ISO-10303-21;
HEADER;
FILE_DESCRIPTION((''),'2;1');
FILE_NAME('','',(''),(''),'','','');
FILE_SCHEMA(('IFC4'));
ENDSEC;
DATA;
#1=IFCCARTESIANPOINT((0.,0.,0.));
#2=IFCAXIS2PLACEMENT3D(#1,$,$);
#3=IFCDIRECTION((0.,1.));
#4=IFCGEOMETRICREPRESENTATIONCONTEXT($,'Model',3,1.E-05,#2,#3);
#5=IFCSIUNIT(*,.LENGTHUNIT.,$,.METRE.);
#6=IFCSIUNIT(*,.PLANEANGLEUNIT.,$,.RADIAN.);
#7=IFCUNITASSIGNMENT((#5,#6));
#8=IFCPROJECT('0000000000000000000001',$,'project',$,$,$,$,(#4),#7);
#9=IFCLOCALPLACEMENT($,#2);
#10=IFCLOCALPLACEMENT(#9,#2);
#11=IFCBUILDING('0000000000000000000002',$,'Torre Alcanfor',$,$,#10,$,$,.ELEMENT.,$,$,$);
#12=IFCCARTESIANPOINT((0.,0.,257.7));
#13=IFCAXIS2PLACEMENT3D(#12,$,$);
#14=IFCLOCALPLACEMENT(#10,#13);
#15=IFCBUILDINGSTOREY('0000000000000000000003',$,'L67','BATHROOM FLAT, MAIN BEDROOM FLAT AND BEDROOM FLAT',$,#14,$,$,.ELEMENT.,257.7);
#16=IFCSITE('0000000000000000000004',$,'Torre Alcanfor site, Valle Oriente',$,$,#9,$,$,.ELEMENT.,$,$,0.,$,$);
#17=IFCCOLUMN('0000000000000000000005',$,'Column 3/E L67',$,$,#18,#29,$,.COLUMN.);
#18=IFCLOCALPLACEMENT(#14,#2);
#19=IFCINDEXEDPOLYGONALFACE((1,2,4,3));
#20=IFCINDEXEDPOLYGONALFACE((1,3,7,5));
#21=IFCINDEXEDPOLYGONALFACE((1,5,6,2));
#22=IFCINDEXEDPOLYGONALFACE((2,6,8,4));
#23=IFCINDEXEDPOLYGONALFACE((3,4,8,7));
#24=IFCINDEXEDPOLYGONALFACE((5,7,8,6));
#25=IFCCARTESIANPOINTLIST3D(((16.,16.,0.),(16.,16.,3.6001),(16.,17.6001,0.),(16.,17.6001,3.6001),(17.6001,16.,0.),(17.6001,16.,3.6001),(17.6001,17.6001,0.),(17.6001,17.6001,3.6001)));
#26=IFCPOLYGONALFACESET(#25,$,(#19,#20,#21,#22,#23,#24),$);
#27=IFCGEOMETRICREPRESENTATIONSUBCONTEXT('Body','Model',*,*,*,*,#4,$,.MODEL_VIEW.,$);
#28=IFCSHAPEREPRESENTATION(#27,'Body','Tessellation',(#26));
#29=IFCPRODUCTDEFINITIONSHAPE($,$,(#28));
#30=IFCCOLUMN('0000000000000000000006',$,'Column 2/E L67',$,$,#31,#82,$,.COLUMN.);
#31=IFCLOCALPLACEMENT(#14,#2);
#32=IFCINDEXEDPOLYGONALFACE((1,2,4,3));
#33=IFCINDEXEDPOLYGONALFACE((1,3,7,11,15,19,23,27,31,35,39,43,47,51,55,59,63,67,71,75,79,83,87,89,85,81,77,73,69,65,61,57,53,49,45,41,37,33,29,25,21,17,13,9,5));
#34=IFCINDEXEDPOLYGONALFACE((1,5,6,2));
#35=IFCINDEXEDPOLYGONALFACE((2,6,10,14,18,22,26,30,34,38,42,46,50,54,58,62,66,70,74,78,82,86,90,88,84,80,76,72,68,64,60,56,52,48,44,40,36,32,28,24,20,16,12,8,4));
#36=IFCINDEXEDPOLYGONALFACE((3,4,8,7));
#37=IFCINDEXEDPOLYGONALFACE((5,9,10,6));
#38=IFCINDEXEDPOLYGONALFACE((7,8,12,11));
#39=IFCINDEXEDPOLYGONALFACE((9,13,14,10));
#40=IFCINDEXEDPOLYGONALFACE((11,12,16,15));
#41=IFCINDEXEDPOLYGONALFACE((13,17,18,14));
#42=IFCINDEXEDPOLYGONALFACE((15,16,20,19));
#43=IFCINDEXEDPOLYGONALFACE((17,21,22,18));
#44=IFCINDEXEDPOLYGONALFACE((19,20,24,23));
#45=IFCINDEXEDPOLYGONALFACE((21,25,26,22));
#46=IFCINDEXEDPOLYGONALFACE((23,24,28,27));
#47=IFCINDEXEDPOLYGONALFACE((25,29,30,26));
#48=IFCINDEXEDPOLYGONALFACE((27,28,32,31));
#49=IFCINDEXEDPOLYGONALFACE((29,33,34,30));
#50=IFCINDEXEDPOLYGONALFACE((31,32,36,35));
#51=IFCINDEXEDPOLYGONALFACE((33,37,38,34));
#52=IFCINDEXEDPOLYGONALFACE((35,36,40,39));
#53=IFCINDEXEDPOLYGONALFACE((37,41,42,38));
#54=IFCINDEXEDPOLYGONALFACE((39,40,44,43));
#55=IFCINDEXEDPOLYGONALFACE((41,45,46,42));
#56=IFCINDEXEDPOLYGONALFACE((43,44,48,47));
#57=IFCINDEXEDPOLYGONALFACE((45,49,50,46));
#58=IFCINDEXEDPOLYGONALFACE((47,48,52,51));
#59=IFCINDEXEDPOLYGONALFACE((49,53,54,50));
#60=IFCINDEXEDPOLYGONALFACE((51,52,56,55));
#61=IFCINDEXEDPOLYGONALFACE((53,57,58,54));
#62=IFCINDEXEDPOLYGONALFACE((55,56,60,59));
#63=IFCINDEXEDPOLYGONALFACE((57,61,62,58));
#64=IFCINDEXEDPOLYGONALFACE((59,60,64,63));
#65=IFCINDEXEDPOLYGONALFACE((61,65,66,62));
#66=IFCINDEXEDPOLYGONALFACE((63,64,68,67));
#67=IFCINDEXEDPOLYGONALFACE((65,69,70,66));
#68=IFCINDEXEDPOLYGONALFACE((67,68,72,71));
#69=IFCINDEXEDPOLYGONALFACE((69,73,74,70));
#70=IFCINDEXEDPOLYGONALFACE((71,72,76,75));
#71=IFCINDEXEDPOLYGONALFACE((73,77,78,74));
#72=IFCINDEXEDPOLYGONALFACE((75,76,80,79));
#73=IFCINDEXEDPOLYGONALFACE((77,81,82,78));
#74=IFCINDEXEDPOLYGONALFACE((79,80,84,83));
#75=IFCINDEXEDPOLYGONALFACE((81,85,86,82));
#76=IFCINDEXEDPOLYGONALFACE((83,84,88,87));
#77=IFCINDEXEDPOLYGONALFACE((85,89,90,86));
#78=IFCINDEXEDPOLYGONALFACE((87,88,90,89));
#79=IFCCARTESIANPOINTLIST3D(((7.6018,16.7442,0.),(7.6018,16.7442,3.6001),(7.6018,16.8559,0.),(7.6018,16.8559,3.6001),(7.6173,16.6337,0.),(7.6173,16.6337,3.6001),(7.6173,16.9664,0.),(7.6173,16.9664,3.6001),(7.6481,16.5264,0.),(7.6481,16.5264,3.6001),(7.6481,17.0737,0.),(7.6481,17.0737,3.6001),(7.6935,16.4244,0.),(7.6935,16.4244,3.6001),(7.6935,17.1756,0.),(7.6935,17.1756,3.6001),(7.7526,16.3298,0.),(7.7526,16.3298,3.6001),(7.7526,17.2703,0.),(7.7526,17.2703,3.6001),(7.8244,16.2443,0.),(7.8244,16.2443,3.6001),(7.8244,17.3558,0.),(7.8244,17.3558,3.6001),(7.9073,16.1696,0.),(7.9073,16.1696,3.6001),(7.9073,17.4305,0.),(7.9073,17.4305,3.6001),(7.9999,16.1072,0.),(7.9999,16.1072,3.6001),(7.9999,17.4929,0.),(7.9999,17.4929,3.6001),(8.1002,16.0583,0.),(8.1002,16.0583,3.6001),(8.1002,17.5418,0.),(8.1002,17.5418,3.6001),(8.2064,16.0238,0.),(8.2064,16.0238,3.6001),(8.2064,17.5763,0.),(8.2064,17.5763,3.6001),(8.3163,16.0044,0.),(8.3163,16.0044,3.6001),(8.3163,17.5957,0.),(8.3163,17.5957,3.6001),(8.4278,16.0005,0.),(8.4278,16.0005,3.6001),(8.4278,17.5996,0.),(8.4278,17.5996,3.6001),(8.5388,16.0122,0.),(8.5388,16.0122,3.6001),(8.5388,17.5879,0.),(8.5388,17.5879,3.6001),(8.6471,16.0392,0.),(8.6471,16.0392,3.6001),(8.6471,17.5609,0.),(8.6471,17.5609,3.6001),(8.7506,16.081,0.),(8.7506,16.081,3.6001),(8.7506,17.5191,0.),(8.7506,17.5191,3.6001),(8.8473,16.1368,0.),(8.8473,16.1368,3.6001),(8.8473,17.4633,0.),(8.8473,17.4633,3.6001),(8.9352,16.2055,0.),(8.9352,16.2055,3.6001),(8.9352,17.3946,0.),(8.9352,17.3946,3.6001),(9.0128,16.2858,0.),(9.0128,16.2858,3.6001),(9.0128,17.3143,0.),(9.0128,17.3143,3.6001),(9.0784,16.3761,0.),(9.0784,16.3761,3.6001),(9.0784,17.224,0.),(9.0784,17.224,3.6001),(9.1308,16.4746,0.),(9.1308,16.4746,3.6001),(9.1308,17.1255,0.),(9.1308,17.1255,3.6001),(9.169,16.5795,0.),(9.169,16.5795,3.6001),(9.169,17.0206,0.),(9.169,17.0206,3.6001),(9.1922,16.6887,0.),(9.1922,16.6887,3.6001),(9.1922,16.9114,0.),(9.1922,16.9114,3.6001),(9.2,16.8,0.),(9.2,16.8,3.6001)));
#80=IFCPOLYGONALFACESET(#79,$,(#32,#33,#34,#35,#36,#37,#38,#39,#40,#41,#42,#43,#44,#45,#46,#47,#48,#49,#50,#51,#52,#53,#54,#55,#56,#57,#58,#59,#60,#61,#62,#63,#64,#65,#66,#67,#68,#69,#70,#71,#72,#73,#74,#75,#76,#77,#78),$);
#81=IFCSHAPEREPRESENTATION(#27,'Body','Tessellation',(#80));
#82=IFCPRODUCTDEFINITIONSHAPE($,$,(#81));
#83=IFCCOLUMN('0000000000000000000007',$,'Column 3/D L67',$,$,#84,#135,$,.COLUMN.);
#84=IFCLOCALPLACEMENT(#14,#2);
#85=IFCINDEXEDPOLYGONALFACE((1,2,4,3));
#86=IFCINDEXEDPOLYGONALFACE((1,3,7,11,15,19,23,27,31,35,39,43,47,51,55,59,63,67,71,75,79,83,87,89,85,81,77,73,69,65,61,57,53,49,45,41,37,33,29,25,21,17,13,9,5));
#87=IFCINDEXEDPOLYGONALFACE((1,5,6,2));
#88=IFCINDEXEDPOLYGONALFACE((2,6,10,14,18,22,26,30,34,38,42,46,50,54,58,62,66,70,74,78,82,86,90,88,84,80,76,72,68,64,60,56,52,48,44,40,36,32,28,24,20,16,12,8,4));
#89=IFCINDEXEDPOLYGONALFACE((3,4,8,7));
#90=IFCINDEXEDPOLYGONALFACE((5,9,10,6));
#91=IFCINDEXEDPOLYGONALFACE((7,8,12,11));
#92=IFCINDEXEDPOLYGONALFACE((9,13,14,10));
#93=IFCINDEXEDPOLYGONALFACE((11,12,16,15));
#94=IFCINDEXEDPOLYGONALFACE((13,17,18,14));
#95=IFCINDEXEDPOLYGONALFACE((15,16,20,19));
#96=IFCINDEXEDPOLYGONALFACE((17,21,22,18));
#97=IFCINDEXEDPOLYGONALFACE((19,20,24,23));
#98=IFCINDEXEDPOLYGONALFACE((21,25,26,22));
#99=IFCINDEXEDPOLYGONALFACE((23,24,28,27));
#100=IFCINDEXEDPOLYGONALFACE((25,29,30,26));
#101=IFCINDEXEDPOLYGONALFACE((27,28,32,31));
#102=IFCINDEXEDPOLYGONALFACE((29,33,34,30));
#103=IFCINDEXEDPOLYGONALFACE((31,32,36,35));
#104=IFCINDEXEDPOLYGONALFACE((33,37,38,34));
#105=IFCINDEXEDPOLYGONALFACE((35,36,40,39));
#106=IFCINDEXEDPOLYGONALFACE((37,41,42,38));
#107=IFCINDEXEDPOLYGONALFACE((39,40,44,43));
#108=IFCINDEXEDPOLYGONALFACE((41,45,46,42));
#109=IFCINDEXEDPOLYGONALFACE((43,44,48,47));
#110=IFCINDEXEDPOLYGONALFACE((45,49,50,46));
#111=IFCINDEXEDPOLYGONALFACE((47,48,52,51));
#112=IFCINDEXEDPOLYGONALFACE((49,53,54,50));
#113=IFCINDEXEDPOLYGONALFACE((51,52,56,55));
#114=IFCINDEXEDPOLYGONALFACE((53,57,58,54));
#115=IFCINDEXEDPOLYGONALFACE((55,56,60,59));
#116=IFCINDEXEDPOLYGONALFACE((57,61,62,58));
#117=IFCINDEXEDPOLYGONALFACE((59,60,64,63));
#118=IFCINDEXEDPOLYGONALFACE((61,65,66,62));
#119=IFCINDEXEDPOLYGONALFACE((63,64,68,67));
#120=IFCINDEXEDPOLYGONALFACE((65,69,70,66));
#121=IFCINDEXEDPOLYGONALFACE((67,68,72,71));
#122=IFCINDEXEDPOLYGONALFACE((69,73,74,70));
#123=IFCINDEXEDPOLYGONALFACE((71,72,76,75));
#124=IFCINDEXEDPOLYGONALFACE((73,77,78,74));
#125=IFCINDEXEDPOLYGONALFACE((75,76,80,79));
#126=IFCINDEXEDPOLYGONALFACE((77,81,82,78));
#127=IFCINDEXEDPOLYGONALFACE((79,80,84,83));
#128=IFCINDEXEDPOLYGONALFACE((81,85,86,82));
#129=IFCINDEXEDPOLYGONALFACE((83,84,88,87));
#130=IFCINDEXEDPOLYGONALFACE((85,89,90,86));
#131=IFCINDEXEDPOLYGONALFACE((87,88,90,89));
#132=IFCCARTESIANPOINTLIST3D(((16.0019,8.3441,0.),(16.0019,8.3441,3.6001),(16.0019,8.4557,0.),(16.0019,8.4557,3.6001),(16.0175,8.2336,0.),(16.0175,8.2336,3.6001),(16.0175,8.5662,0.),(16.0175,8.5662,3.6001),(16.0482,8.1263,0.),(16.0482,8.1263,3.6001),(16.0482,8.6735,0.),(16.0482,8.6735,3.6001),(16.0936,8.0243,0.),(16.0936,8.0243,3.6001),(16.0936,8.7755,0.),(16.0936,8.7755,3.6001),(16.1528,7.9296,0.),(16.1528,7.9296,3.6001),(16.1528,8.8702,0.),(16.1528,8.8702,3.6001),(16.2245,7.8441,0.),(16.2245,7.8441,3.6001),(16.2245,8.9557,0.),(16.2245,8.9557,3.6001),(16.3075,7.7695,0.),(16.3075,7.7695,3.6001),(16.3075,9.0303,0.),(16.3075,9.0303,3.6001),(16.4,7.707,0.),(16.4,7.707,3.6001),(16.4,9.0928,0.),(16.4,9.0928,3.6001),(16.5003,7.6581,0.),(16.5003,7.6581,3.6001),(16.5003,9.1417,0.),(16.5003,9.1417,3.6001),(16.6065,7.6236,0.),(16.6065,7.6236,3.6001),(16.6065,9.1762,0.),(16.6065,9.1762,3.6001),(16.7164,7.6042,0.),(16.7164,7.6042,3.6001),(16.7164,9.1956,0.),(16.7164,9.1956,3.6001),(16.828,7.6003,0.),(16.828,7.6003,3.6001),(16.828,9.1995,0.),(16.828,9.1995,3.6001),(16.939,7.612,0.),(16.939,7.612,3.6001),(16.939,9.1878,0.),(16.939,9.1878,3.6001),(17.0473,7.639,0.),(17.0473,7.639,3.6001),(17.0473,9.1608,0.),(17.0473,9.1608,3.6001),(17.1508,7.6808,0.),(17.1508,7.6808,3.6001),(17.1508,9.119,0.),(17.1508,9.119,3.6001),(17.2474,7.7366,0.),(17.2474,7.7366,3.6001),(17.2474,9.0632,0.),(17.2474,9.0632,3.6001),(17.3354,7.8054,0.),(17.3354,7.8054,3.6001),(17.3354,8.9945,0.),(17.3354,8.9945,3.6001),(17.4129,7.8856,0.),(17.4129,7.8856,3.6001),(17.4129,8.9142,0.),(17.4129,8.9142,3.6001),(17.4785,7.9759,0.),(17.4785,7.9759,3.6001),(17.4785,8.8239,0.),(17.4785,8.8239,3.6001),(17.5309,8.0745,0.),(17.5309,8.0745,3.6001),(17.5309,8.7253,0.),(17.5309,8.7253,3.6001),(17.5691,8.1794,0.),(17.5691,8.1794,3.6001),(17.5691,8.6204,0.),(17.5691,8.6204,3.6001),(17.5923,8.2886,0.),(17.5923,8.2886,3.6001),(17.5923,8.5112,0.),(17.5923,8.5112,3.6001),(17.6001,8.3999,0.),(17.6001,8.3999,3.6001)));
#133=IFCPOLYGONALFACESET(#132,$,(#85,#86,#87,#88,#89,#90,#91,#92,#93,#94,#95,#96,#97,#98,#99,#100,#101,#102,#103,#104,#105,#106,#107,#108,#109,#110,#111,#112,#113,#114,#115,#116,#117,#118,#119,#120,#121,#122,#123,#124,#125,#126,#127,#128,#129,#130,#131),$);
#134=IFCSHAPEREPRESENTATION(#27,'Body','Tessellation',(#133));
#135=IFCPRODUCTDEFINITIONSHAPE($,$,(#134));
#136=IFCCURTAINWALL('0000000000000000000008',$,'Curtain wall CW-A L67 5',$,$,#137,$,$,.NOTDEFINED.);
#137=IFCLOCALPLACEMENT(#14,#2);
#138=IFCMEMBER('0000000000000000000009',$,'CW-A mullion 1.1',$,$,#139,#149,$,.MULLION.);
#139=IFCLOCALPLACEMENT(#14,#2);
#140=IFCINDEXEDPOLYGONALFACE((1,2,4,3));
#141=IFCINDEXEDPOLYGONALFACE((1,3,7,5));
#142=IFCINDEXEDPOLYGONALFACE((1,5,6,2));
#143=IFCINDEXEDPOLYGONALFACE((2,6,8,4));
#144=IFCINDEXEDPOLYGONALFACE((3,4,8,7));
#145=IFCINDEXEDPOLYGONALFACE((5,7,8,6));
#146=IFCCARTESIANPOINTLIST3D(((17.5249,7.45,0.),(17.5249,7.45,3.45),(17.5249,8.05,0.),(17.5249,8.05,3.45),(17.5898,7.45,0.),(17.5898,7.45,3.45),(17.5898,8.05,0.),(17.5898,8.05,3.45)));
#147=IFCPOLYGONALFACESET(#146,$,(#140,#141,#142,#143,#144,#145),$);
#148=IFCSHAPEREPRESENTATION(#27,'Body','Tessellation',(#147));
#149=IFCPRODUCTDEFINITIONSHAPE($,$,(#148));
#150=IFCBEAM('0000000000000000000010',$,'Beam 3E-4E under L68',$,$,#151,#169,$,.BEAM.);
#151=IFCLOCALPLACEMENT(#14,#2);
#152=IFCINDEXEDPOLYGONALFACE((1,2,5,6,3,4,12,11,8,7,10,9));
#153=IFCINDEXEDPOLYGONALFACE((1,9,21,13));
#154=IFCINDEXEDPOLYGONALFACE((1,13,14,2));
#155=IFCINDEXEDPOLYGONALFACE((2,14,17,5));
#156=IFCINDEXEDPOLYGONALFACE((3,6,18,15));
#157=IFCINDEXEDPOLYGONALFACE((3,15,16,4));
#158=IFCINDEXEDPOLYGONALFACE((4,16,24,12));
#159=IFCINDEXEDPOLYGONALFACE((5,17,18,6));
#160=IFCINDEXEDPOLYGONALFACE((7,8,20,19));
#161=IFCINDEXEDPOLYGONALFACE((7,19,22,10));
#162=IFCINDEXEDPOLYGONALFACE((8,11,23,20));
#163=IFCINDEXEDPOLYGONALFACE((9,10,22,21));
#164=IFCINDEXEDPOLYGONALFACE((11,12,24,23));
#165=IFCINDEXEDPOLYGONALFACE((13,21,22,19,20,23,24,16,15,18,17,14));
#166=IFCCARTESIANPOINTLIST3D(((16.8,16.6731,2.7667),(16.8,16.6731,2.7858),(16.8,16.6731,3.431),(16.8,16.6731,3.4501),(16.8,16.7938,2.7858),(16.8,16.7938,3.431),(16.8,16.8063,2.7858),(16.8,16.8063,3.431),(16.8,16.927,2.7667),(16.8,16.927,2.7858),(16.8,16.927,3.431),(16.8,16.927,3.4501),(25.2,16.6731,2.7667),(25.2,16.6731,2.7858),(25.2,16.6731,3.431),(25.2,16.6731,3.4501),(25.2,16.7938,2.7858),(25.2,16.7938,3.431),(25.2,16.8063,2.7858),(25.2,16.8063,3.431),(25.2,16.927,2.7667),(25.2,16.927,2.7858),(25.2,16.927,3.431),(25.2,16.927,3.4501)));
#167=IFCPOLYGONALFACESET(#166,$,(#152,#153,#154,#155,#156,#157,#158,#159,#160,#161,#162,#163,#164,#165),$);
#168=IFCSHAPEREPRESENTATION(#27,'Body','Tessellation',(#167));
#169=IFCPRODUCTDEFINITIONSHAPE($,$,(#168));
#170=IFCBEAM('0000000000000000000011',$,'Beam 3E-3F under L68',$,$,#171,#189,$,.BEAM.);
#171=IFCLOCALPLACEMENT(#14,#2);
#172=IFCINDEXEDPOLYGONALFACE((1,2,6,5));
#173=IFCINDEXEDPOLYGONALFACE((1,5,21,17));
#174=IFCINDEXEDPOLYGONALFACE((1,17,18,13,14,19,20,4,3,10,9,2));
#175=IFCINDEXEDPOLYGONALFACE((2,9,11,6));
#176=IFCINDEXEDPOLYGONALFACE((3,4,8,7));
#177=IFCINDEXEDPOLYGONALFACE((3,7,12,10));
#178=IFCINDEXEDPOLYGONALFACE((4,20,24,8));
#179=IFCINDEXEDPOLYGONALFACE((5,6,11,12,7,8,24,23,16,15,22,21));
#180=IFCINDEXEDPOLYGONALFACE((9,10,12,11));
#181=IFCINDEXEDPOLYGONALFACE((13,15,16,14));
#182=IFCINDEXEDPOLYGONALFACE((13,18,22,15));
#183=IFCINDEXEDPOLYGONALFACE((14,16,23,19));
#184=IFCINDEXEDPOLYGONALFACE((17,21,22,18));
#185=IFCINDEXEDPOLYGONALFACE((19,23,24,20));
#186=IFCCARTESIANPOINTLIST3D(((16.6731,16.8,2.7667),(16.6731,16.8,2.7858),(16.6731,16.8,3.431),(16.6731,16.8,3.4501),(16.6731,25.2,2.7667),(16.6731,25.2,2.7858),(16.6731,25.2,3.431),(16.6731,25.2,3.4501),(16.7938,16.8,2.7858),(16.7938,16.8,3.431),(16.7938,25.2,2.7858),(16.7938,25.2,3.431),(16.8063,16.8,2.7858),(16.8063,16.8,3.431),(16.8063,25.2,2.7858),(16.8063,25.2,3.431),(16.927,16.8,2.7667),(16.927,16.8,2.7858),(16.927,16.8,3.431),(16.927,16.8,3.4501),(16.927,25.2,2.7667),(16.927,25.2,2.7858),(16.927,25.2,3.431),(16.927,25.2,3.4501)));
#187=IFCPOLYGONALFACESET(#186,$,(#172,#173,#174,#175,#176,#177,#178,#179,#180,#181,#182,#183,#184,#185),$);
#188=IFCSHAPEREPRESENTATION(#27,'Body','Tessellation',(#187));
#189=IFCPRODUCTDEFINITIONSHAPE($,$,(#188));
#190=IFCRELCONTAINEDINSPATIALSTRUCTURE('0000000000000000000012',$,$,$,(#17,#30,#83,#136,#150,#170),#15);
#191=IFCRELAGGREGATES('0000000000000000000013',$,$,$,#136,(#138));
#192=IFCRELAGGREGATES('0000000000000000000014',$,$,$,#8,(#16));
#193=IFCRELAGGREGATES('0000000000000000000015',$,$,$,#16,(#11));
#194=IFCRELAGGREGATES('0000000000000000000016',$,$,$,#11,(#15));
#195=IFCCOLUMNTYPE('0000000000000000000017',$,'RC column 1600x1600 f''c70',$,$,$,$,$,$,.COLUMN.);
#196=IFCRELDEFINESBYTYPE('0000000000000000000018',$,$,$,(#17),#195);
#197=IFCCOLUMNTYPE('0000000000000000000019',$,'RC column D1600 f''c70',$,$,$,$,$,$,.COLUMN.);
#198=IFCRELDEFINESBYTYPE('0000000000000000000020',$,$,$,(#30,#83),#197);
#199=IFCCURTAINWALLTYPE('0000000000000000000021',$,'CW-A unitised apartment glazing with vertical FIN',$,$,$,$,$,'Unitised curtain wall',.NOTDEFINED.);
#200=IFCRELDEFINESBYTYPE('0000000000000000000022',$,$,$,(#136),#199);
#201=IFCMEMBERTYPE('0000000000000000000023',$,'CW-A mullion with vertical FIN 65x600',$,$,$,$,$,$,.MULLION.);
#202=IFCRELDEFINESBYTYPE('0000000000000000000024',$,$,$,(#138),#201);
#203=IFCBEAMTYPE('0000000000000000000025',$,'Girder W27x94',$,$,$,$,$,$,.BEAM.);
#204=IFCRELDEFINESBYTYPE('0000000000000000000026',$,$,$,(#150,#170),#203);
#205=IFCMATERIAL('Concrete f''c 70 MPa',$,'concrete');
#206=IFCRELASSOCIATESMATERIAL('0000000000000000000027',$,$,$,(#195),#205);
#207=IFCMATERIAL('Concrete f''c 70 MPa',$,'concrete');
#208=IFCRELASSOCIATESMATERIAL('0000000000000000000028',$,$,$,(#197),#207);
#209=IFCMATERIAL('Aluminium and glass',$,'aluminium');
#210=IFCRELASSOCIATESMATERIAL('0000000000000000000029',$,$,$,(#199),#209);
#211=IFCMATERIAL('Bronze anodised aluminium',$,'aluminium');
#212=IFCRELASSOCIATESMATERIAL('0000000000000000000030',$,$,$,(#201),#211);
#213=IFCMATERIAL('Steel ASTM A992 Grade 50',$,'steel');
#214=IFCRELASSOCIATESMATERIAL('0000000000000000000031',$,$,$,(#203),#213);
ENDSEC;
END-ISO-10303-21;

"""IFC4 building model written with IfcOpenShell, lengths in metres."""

from ifc_helpers import new_model, si_unit, direction, frame, origin, origin_2d, place, context, subcontext, project, spatial, rectangle, circle, i_section, extrude, material, material_profile, profile_set, type_object, element, aggregate, save


model = new_model("IFC4")

# Units and contexts
model_context = context("Model", 3, precision=1e-05, world=origin(), true_north=direction((0.0, 1.0)))
body_context = subcontext(model_context, "Body", "Model", "MODEL_VIEW")
ifc_project = project(units=[si_unit("LENGTHUNIT", "METRE"), si_unit("PLANEANGLEUNIT", "RADIAN")], contexts=[model_context])

# Site, building, storey
site_placement = place(None, origin())
site = spatial("IfcSite", under=ifc_project, at=site_placement, Name="Torre Alcanfor site, Valle Oriente", CompositionType="ELEMENT", RefElevation=0.0)
building_placement = place(site_placement, origin())
building = spatial("IfcBuilding", under=site, at=building_placement, Name="Torre Alcanfor", CompositionType="ELEMENT")
storey_placement = place(building_placement, frame((0.0, 0.0, 257.7)))
storey = spatial("IfcBuildingStorey", under=building, at=storey_placement, Name="L67", Description="BATHROOM FLAT, MAIN BEDROOM FLAT AND BEDROOM FLAT", CompositionType="ELEMENT", Elevation=257.7)

# Columns
ifc_material_1 = material(Name="Concrete f'c 70 MPa", Category="concrete")
ifc_material_profile_1 = material_profile(ifc_material_1, rectangle(XDim=1.6001, YDim=1.6001, at=origin_2d()), Name="1600x1600")
ifc_profile_set_1 = profile_set([ifc_material_profile_1], Name="Concrete f'c 70 MPa")
column_type_1 = type_object("IfcColumnType", Name="RC column 1600x1600 f'c70", PredefinedType="COLUMN", material=ifc_profile_set_1)
column_placement = place(storey_placement, frame((16.8, 16.8, 0.0), z_axis=(0.0, 0.0, 1.0), x_axis=(1.0, 0.0, 0.0)))
element("IfcColumn", 1, at=column_placement, inside=storey, type_object=column_type_1, Name="Column 3/E L67", PredefinedType="COLUMN", context=body_context, shape_type="SweptSolid", body=[
    extrude(rectangle(XDim=1.6001, YDim=1.6001, at=origin_2d()), origin(), (0.0, 0.0, 1.0), 3.6001),
])
ifc_material_2 = material(Name="Concrete f'c 70 MPa", Category="concrete")
ifc_material_profile_2 = material_profile(ifc_material_2, circle(Radius=0.8, at=origin_2d()), Name="D1600")
ifc_profile_set_2 = profile_set([ifc_material_profile_2], Name="Concrete f'c 70 MPa")
column_type_2 = type_object("IfcColumnType", Name="RC column D1600 f'c70", PredefinedType="COLUMN", material=ifc_profile_set_2)
for number, where, z_axis, x_axis, name in (
    (2, (8.3999, 16.8, 0.0), (0.0, 0.0, 1.0), (1.0, 0.0, 0.0), "Column 2/E L67"),
    (3, (16.8, 8.3999, 0.0), (0.0, 0.0, 1.0), (1.0, 0.0, 0.0), "Column 3/D L67"),
):
    element("IfcColumn", number, at=place(storey_placement, frame(where, z_axis=z_axis, x_axis=x_axis)), inside=storey, type_object=column_type_2, Name=name, PredefinedType="COLUMN", context=body_context, shape_type="SweptSolid", body=[
        extrude(circle(Radius=0.8, at=origin_2d()), origin(), (0.0, 0.0, 1.0), 3.6001),
    ])

# Curtain wall, member
ifc_material_3 = material(Name="Aluminium and glass", Category="aluminium")
curtain_wall_type = type_object("IfcCurtainWallType", Name="CW-A unitised apartment glazing with vertical FIN", ElementType="Unitised curtain wall", PredefinedType="NOTDEFINED", material=ifc_material_3)
curtain_wall_placement = place(storey_placement, origin())
curtain_wall = element("IfcCurtainWall", 4, at=curtain_wall_placement, inside=storey, type_object=curtain_wall_type, Name="Curtain wall CW-A L67 5", PredefinedType="NOTDEFINED")
ifc_material_4 = material(Name="Bronze anodised aluminium", Category="aluminium")
ifc_material_profile_3 = material_profile(ifc_material_4, rectangle(XDim=0.6001, YDim=0.0649, at=origin_2d()), Name="CW-A mullion 65x600")
ifc_profile_set_3 = profile_set([ifc_material_profile_3], Name="Bronze anodised aluminium")
member_type = type_object("IfcMemberType", Name="CW-A mullion with vertical FIN 65x600", PredefinedType="MULLION", material=ifc_profile_set_3)
member_placement = place(storey_placement, frame((17.5574, 7.75, 0.0), z_axis=(0.0, 0.0, 1.0), x_axis=(0.0, 1.0, 0.0)))
member = element("IfcMember", 5, at=member_placement, type_object=member_type, Name="CW-A mullion 1.1", PredefinedType="MULLION", context=body_context, shape_type="SweptSolid", body=[
    extrude(rectangle(XDim=0.6001, YDim=0.0649, at=origin_2d()), origin(), (0.0, 0.0, 1.0), 3.45),
])
aggregate(curtain_wall, [member])

# Beams
ifc_material_5 = material(Name="Steel ASTM A992 Grade 50", Category="steel")
ifc_material_profile_4 = material_profile(ifc_material_5, i_section(OverallWidth=0.2539, OverallDepth=0.6833, WebThickness=0.0125, FlangeThickness=0.019, at=origin_2d()), Name="W27x94")
ifc_profile_set_4 = profile_set([ifc_material_profile_4], Name="Steel ASTM A992 Grade 50")
beam_type_1 = type_object("IfcBeamType", Name="Girder W27x94", PredefinedType="BEAM", material=ifc_profile_set_4)
for number, where, z_axis, x_axis, name in (
    (6, (16.8, 16.8, 3.1084), (1.0, 0.0, 0.0), (0.0, 1.0, 0.0), "Beam 3E-4E under L68"),
    (7, (16.8, 16.8, 3.1084), (0.0, 1.0, 0.0), (-1.0, 0.0, 0.0), "Beam 3E-3F under L68"),
):
    element("IfcBeam", number, at=place(storey_placement, frame(where, z_axis=z_axis, x_axis=x_axis)), inside=storey, type_object=beam_type_1, Name=name, PredefinedType="BEAM", context=body_context, shape_type="SweptSolid", body=[
        extrude(i_section(OverallWidth=0.2539, OverallDepth=0.6833, WebThickness=0.0125, FlangeThickness=0.019, at=origin_2d()), origin(), (0.0, 0.0, 1.0), 8.3999),
    ])

save(model, "model.ifc")
